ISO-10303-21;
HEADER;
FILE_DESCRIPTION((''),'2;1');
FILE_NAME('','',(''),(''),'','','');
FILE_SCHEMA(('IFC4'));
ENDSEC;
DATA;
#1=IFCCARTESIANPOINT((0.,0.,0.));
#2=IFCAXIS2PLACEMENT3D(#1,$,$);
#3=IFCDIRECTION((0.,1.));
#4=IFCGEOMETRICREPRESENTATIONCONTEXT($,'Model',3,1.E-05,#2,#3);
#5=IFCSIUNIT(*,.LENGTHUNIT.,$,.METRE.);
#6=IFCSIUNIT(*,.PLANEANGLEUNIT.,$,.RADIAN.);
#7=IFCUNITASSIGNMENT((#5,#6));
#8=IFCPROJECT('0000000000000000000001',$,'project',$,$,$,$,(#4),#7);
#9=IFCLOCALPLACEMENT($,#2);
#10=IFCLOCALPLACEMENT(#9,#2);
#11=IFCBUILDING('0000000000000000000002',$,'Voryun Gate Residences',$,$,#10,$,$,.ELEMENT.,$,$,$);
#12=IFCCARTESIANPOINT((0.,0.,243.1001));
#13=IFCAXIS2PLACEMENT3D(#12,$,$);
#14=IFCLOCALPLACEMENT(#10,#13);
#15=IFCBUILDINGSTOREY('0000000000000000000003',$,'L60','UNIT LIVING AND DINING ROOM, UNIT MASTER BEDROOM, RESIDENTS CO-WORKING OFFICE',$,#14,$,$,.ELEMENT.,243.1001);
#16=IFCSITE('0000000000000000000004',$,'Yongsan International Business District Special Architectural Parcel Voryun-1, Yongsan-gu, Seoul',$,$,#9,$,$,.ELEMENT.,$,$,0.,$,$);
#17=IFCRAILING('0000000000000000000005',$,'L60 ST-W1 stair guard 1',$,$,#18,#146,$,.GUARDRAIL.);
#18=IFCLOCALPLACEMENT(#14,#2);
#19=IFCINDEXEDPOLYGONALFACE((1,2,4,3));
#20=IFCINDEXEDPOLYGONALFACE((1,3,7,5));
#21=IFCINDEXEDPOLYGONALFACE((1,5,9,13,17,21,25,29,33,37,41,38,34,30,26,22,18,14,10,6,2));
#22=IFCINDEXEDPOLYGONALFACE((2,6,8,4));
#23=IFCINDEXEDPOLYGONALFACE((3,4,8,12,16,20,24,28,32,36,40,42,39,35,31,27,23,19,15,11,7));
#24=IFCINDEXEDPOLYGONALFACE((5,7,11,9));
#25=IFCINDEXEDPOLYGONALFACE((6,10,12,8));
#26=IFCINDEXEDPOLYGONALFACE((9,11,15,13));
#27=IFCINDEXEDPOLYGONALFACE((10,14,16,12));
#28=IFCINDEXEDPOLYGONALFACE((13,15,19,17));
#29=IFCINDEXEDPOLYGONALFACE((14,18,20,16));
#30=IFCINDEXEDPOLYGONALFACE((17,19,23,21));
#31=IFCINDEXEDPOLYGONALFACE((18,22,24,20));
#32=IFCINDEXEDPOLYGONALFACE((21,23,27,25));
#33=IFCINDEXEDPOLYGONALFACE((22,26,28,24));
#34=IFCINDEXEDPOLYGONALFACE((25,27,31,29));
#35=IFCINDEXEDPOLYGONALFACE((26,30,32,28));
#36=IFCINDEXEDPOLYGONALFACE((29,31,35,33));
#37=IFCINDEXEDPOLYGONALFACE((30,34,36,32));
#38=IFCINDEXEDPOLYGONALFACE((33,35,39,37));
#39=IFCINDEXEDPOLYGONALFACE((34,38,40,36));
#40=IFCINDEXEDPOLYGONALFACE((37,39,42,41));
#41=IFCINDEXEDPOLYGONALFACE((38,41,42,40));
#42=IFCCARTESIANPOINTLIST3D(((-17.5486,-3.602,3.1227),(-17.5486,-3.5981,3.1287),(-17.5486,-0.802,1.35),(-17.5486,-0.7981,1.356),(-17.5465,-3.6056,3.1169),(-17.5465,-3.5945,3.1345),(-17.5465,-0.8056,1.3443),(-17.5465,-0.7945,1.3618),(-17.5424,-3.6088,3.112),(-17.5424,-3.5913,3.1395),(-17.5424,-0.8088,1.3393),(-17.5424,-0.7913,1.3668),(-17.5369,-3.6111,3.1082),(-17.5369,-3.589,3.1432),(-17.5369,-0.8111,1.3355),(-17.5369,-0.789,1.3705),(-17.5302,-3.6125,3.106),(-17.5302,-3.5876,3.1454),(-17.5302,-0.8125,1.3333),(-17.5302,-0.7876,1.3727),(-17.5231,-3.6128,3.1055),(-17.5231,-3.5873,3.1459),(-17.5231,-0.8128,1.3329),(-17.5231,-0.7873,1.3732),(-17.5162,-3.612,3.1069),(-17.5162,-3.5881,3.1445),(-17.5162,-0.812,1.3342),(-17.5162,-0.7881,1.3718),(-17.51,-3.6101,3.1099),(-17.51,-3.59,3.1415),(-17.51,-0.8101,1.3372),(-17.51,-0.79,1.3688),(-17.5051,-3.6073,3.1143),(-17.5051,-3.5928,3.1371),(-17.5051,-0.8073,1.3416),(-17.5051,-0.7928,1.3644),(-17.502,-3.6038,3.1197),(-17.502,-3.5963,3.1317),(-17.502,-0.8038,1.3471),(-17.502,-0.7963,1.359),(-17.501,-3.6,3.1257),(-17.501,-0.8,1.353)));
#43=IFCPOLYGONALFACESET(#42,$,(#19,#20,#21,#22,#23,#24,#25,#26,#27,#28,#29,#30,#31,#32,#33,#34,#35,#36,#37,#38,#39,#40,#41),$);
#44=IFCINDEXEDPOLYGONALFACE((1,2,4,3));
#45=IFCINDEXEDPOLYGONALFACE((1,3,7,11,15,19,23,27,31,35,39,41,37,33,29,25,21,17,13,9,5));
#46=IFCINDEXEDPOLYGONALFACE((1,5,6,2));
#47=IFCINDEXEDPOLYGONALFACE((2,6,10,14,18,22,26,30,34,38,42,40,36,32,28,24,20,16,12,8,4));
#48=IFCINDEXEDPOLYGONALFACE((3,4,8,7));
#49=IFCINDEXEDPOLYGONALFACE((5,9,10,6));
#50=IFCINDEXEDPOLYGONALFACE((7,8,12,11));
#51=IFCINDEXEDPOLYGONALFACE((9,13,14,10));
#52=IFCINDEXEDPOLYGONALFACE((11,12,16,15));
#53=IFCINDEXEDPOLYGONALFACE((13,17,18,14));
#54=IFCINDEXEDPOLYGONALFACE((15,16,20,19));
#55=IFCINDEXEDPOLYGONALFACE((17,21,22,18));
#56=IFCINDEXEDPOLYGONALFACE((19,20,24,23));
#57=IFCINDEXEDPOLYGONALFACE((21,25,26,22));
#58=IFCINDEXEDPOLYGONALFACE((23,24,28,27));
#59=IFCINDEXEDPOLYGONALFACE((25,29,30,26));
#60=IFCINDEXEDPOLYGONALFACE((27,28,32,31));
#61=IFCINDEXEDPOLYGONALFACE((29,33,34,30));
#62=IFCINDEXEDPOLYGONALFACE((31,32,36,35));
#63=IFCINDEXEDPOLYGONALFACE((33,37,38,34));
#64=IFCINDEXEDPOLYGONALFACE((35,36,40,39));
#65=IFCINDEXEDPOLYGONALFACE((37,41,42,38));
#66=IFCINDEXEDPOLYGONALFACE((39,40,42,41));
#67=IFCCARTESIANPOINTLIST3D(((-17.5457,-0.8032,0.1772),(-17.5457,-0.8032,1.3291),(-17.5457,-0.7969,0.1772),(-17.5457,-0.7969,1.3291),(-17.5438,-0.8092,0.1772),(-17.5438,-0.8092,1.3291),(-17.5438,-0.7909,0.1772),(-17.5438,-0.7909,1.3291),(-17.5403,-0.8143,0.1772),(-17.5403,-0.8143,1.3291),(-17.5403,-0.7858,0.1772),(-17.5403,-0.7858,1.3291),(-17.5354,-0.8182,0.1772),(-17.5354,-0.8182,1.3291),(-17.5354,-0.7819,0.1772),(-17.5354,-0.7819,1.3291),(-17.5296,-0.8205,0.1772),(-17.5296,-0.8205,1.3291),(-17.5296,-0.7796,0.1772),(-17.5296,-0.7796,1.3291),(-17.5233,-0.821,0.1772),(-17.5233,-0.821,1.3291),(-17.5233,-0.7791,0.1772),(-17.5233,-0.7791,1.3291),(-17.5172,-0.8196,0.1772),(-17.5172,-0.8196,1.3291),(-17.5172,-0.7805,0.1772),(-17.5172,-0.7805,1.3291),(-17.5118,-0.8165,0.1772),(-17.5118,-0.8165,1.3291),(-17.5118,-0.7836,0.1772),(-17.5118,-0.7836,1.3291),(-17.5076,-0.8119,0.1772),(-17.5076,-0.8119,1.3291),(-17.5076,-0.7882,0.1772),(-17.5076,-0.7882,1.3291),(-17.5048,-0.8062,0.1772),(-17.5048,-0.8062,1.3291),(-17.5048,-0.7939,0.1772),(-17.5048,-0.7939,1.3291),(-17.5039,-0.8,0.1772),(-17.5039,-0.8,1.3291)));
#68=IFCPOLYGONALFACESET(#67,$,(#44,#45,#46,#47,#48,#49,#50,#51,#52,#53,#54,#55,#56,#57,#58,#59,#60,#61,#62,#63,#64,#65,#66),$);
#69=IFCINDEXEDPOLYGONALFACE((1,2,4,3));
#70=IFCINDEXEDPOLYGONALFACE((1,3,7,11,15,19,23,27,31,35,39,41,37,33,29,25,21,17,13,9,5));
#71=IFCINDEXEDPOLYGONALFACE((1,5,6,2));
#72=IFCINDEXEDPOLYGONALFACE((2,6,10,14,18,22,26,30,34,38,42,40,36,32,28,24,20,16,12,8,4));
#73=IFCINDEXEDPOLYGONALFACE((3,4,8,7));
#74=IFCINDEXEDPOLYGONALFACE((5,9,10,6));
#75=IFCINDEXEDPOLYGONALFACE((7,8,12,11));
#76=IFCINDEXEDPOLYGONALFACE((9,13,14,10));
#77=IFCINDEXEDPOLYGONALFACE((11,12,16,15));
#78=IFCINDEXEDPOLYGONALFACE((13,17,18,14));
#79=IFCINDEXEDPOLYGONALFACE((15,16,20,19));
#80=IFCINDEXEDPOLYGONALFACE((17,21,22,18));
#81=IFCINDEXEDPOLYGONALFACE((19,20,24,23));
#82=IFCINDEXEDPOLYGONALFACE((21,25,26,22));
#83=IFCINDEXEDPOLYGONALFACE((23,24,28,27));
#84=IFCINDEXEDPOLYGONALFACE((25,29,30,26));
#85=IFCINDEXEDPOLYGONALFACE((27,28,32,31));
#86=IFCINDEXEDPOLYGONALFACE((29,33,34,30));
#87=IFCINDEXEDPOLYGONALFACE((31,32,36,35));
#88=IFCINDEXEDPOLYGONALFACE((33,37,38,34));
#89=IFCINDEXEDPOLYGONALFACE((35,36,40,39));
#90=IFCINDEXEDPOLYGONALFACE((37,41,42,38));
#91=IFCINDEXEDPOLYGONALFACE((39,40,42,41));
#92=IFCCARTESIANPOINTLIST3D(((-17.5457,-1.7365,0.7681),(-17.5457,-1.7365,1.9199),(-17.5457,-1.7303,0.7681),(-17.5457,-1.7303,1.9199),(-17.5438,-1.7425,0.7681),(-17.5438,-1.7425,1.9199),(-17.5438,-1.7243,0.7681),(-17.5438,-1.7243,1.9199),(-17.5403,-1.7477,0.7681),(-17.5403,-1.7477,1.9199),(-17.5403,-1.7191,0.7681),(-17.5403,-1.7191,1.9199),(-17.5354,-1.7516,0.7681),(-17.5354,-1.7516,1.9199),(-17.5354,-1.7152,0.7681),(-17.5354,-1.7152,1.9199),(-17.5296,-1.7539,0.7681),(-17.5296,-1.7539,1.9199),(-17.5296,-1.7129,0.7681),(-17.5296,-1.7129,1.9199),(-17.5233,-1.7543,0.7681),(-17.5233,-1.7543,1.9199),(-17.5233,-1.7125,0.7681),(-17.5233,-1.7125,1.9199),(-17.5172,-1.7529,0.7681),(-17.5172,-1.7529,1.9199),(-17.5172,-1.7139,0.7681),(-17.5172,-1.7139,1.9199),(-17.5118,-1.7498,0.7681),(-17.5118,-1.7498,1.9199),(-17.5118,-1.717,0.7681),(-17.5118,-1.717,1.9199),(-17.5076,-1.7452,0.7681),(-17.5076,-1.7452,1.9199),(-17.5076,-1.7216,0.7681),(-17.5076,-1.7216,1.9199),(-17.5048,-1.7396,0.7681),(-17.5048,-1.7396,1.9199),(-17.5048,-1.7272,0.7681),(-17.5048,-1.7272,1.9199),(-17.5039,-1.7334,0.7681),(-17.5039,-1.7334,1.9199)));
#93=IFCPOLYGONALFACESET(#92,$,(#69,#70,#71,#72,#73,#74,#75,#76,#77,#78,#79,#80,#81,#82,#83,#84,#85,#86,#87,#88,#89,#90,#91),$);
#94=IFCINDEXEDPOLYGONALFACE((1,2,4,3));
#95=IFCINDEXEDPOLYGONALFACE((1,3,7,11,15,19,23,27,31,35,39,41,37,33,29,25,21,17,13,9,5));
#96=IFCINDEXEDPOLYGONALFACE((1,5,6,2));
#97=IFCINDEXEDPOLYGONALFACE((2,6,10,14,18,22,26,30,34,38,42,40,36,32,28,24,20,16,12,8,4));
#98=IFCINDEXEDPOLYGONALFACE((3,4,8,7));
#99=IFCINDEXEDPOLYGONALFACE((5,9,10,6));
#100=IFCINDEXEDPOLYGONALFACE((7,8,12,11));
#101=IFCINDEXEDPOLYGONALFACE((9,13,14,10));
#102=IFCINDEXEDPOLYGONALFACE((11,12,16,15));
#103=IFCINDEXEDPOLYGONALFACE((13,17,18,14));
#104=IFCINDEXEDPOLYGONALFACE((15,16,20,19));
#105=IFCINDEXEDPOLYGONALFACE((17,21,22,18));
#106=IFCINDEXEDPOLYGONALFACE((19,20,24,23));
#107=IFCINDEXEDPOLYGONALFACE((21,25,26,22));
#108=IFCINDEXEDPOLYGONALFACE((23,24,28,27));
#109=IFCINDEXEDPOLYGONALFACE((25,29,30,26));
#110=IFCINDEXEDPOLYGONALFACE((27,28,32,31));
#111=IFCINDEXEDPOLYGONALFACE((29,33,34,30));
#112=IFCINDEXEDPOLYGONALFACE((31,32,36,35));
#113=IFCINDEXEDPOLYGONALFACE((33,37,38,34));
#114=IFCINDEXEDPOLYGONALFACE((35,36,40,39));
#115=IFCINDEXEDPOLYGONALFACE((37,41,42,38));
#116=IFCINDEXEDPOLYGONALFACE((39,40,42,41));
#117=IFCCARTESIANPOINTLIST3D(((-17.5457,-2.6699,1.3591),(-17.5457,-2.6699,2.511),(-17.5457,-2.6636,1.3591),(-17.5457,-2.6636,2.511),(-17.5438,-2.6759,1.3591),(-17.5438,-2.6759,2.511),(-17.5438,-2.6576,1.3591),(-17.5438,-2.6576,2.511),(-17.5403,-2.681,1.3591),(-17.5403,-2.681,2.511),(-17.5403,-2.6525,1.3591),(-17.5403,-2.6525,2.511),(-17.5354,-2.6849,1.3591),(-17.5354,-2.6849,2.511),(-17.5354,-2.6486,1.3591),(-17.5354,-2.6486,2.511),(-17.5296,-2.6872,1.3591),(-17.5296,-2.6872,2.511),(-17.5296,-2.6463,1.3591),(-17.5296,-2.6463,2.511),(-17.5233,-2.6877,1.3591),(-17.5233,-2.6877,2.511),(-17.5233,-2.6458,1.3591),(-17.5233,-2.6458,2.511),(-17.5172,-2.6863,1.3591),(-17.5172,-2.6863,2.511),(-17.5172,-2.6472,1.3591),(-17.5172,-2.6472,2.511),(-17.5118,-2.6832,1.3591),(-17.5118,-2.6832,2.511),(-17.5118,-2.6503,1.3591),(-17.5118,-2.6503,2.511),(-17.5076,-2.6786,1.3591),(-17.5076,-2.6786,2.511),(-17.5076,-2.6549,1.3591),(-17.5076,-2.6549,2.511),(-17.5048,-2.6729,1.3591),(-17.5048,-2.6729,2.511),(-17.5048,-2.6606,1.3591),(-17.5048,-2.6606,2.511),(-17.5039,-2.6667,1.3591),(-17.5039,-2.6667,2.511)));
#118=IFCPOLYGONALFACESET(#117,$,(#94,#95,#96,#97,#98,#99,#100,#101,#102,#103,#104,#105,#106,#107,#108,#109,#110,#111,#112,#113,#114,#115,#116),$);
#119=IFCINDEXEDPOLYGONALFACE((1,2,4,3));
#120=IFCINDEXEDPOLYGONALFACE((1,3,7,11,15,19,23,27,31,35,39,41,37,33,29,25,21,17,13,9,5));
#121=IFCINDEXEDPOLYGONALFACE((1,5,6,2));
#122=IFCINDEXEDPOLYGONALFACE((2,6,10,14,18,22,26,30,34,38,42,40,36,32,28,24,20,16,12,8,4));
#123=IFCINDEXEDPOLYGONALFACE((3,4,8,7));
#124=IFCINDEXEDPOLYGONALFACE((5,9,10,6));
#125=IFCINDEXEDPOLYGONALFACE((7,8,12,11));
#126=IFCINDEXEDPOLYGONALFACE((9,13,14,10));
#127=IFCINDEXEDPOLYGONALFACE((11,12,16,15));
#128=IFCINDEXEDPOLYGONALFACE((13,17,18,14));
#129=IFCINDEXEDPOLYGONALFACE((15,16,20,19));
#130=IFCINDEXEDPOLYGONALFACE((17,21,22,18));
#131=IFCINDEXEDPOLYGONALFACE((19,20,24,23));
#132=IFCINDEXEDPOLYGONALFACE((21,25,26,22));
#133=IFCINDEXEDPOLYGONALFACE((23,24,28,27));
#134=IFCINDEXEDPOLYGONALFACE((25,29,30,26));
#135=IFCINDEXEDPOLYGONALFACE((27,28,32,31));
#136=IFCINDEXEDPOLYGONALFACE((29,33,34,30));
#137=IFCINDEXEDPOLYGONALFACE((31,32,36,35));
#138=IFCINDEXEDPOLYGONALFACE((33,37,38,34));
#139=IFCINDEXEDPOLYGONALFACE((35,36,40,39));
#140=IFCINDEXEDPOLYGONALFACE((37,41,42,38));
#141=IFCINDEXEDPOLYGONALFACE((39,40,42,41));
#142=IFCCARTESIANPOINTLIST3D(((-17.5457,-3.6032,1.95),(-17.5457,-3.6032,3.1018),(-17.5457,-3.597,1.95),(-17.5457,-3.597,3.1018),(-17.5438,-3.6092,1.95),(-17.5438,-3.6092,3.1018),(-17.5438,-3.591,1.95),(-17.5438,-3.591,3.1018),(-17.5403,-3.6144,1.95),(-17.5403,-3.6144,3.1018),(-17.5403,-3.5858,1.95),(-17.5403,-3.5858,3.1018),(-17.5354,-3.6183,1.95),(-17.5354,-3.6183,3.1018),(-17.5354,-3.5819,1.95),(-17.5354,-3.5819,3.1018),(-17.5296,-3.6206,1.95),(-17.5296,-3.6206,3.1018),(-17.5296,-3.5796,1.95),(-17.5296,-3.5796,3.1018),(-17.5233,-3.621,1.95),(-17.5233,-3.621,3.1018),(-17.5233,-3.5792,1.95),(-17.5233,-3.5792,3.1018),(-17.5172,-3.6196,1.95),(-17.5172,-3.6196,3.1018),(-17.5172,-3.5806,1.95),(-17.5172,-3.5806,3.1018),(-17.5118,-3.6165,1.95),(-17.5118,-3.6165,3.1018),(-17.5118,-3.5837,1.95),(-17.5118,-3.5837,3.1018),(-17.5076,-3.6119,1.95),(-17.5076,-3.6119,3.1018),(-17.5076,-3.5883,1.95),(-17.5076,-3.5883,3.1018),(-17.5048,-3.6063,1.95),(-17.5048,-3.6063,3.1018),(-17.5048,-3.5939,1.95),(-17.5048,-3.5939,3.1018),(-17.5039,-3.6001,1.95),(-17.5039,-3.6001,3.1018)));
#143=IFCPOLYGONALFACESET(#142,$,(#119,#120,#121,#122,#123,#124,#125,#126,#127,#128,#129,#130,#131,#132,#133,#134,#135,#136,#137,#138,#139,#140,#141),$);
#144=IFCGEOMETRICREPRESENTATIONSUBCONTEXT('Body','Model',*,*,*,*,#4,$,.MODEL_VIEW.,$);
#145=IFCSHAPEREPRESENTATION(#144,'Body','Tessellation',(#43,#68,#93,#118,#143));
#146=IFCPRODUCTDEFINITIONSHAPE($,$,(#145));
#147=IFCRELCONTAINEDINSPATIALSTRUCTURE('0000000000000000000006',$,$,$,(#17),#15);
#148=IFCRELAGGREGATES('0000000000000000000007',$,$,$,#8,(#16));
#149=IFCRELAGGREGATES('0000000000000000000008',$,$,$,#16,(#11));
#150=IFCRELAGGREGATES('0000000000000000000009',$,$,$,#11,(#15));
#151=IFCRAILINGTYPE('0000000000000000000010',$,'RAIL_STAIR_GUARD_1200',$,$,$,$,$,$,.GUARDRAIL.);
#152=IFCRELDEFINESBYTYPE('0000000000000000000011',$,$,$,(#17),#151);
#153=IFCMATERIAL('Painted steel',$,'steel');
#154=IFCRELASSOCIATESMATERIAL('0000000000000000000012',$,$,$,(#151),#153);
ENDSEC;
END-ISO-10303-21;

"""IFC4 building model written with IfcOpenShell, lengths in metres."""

from ifc_helpers import new_model, si_unit, direction, frame, origin, origin_2d, place, context, subcontext, project, spatial, circle, extrude, material, type_object, element, save


model = new_model("IFC4")

# Units and contexts
model_context = context("Model", 3, precision=1e-05, world=origin(), true_north=direction((0.0, 1.0)))
body_context = subcontext(model_context, "Body", "Model", "MODEL_VIEW")
ifc_project = project(units=[si_unit("LENGTHUNIT", "METRE"), si_unit("PLANEANGLEUNIT", "RADIAN")], contexts=[model_context])

# Site, building, storey
site_placement = place(None, origin())
site = spatial("IfcSite", under=ifc_project, at=site_placement, Name="Yongsan International Business District Special Architectural Parcel Voryun-1, Yongsan-gu, Seoul", CompositionType="ELEMENT", RefElevation=0.0)
building_placement = place(site_placement, origin())
building = spatial("IfcBuilding", under=site, at=building_placement, Name="Voryun Gate Residences", CompositionType="ELEMENT")
storey_placement = place(building_placement, frame((0.0, 0.0, 243.1001)))
storey = spatial("IfcBuildingStorey", under=building, at=storey_placement, Name="L60", Description="UNIT LIVING AND DINING ROOM, UNIT MASTER BEDROOM, RESIDENTS CO-WORKING OFFICE", CompositionType="ELEMENT", Elevation=243.1001)

# Railing
ifc_material_1 = material(Name="Painted steel", Category="steel")
railing_type_1 = type_object("IfcRailingType", Name="RAIL_STAIR_GUARD_1200", PredefinedType="GUARDRAIL", material=ifc_material_1)
railing_1_placement = place(storey_placement, frame((-17.5249, -0.8, 0.1772)))
element("IfcRailing", 1, at=railing_1_placement, inside=storey, type_object=railing_type_1, Name="L60 ST-W1 stair guard 1", PredefinedType="GUARDRAIL", context=body_context, shape_type="SweptSolid", body=[
    extrude(circle(Radius=0.0239, at=origin_2d()), frame((0.0, 0.0, 1.1758), z_axis=(0.0, -0.844909, 0.53491), x_axis=(1.0, 0.0, 0.0)), (0.0, 0.0, 1.0), 3.314),
    extrude(circle(Radius=0.021, at=origin_2d()), origin(), (0.0, 0.0, 1.0), 1.1519),
    extrude(circle(Radius=0.021, at=origin_2d()), frame((0.0, -0.9333, 0.5908)), (0.0, 0.0, 1.0), 1.1519),
    extrude(circle(Radius=0.021, at=origin_2d()), frame((0.0, -1.8667, 1.1819)), (0.0, 0.0, 1.0), 1.1519),
    extrude(circle(Radius=0.021, at=origin_2d()), frame((0.0, -2.8, 1.7727)), (0.0, 0.0, 1.0), 1.1519),
])

save(model, "model.ifc")
